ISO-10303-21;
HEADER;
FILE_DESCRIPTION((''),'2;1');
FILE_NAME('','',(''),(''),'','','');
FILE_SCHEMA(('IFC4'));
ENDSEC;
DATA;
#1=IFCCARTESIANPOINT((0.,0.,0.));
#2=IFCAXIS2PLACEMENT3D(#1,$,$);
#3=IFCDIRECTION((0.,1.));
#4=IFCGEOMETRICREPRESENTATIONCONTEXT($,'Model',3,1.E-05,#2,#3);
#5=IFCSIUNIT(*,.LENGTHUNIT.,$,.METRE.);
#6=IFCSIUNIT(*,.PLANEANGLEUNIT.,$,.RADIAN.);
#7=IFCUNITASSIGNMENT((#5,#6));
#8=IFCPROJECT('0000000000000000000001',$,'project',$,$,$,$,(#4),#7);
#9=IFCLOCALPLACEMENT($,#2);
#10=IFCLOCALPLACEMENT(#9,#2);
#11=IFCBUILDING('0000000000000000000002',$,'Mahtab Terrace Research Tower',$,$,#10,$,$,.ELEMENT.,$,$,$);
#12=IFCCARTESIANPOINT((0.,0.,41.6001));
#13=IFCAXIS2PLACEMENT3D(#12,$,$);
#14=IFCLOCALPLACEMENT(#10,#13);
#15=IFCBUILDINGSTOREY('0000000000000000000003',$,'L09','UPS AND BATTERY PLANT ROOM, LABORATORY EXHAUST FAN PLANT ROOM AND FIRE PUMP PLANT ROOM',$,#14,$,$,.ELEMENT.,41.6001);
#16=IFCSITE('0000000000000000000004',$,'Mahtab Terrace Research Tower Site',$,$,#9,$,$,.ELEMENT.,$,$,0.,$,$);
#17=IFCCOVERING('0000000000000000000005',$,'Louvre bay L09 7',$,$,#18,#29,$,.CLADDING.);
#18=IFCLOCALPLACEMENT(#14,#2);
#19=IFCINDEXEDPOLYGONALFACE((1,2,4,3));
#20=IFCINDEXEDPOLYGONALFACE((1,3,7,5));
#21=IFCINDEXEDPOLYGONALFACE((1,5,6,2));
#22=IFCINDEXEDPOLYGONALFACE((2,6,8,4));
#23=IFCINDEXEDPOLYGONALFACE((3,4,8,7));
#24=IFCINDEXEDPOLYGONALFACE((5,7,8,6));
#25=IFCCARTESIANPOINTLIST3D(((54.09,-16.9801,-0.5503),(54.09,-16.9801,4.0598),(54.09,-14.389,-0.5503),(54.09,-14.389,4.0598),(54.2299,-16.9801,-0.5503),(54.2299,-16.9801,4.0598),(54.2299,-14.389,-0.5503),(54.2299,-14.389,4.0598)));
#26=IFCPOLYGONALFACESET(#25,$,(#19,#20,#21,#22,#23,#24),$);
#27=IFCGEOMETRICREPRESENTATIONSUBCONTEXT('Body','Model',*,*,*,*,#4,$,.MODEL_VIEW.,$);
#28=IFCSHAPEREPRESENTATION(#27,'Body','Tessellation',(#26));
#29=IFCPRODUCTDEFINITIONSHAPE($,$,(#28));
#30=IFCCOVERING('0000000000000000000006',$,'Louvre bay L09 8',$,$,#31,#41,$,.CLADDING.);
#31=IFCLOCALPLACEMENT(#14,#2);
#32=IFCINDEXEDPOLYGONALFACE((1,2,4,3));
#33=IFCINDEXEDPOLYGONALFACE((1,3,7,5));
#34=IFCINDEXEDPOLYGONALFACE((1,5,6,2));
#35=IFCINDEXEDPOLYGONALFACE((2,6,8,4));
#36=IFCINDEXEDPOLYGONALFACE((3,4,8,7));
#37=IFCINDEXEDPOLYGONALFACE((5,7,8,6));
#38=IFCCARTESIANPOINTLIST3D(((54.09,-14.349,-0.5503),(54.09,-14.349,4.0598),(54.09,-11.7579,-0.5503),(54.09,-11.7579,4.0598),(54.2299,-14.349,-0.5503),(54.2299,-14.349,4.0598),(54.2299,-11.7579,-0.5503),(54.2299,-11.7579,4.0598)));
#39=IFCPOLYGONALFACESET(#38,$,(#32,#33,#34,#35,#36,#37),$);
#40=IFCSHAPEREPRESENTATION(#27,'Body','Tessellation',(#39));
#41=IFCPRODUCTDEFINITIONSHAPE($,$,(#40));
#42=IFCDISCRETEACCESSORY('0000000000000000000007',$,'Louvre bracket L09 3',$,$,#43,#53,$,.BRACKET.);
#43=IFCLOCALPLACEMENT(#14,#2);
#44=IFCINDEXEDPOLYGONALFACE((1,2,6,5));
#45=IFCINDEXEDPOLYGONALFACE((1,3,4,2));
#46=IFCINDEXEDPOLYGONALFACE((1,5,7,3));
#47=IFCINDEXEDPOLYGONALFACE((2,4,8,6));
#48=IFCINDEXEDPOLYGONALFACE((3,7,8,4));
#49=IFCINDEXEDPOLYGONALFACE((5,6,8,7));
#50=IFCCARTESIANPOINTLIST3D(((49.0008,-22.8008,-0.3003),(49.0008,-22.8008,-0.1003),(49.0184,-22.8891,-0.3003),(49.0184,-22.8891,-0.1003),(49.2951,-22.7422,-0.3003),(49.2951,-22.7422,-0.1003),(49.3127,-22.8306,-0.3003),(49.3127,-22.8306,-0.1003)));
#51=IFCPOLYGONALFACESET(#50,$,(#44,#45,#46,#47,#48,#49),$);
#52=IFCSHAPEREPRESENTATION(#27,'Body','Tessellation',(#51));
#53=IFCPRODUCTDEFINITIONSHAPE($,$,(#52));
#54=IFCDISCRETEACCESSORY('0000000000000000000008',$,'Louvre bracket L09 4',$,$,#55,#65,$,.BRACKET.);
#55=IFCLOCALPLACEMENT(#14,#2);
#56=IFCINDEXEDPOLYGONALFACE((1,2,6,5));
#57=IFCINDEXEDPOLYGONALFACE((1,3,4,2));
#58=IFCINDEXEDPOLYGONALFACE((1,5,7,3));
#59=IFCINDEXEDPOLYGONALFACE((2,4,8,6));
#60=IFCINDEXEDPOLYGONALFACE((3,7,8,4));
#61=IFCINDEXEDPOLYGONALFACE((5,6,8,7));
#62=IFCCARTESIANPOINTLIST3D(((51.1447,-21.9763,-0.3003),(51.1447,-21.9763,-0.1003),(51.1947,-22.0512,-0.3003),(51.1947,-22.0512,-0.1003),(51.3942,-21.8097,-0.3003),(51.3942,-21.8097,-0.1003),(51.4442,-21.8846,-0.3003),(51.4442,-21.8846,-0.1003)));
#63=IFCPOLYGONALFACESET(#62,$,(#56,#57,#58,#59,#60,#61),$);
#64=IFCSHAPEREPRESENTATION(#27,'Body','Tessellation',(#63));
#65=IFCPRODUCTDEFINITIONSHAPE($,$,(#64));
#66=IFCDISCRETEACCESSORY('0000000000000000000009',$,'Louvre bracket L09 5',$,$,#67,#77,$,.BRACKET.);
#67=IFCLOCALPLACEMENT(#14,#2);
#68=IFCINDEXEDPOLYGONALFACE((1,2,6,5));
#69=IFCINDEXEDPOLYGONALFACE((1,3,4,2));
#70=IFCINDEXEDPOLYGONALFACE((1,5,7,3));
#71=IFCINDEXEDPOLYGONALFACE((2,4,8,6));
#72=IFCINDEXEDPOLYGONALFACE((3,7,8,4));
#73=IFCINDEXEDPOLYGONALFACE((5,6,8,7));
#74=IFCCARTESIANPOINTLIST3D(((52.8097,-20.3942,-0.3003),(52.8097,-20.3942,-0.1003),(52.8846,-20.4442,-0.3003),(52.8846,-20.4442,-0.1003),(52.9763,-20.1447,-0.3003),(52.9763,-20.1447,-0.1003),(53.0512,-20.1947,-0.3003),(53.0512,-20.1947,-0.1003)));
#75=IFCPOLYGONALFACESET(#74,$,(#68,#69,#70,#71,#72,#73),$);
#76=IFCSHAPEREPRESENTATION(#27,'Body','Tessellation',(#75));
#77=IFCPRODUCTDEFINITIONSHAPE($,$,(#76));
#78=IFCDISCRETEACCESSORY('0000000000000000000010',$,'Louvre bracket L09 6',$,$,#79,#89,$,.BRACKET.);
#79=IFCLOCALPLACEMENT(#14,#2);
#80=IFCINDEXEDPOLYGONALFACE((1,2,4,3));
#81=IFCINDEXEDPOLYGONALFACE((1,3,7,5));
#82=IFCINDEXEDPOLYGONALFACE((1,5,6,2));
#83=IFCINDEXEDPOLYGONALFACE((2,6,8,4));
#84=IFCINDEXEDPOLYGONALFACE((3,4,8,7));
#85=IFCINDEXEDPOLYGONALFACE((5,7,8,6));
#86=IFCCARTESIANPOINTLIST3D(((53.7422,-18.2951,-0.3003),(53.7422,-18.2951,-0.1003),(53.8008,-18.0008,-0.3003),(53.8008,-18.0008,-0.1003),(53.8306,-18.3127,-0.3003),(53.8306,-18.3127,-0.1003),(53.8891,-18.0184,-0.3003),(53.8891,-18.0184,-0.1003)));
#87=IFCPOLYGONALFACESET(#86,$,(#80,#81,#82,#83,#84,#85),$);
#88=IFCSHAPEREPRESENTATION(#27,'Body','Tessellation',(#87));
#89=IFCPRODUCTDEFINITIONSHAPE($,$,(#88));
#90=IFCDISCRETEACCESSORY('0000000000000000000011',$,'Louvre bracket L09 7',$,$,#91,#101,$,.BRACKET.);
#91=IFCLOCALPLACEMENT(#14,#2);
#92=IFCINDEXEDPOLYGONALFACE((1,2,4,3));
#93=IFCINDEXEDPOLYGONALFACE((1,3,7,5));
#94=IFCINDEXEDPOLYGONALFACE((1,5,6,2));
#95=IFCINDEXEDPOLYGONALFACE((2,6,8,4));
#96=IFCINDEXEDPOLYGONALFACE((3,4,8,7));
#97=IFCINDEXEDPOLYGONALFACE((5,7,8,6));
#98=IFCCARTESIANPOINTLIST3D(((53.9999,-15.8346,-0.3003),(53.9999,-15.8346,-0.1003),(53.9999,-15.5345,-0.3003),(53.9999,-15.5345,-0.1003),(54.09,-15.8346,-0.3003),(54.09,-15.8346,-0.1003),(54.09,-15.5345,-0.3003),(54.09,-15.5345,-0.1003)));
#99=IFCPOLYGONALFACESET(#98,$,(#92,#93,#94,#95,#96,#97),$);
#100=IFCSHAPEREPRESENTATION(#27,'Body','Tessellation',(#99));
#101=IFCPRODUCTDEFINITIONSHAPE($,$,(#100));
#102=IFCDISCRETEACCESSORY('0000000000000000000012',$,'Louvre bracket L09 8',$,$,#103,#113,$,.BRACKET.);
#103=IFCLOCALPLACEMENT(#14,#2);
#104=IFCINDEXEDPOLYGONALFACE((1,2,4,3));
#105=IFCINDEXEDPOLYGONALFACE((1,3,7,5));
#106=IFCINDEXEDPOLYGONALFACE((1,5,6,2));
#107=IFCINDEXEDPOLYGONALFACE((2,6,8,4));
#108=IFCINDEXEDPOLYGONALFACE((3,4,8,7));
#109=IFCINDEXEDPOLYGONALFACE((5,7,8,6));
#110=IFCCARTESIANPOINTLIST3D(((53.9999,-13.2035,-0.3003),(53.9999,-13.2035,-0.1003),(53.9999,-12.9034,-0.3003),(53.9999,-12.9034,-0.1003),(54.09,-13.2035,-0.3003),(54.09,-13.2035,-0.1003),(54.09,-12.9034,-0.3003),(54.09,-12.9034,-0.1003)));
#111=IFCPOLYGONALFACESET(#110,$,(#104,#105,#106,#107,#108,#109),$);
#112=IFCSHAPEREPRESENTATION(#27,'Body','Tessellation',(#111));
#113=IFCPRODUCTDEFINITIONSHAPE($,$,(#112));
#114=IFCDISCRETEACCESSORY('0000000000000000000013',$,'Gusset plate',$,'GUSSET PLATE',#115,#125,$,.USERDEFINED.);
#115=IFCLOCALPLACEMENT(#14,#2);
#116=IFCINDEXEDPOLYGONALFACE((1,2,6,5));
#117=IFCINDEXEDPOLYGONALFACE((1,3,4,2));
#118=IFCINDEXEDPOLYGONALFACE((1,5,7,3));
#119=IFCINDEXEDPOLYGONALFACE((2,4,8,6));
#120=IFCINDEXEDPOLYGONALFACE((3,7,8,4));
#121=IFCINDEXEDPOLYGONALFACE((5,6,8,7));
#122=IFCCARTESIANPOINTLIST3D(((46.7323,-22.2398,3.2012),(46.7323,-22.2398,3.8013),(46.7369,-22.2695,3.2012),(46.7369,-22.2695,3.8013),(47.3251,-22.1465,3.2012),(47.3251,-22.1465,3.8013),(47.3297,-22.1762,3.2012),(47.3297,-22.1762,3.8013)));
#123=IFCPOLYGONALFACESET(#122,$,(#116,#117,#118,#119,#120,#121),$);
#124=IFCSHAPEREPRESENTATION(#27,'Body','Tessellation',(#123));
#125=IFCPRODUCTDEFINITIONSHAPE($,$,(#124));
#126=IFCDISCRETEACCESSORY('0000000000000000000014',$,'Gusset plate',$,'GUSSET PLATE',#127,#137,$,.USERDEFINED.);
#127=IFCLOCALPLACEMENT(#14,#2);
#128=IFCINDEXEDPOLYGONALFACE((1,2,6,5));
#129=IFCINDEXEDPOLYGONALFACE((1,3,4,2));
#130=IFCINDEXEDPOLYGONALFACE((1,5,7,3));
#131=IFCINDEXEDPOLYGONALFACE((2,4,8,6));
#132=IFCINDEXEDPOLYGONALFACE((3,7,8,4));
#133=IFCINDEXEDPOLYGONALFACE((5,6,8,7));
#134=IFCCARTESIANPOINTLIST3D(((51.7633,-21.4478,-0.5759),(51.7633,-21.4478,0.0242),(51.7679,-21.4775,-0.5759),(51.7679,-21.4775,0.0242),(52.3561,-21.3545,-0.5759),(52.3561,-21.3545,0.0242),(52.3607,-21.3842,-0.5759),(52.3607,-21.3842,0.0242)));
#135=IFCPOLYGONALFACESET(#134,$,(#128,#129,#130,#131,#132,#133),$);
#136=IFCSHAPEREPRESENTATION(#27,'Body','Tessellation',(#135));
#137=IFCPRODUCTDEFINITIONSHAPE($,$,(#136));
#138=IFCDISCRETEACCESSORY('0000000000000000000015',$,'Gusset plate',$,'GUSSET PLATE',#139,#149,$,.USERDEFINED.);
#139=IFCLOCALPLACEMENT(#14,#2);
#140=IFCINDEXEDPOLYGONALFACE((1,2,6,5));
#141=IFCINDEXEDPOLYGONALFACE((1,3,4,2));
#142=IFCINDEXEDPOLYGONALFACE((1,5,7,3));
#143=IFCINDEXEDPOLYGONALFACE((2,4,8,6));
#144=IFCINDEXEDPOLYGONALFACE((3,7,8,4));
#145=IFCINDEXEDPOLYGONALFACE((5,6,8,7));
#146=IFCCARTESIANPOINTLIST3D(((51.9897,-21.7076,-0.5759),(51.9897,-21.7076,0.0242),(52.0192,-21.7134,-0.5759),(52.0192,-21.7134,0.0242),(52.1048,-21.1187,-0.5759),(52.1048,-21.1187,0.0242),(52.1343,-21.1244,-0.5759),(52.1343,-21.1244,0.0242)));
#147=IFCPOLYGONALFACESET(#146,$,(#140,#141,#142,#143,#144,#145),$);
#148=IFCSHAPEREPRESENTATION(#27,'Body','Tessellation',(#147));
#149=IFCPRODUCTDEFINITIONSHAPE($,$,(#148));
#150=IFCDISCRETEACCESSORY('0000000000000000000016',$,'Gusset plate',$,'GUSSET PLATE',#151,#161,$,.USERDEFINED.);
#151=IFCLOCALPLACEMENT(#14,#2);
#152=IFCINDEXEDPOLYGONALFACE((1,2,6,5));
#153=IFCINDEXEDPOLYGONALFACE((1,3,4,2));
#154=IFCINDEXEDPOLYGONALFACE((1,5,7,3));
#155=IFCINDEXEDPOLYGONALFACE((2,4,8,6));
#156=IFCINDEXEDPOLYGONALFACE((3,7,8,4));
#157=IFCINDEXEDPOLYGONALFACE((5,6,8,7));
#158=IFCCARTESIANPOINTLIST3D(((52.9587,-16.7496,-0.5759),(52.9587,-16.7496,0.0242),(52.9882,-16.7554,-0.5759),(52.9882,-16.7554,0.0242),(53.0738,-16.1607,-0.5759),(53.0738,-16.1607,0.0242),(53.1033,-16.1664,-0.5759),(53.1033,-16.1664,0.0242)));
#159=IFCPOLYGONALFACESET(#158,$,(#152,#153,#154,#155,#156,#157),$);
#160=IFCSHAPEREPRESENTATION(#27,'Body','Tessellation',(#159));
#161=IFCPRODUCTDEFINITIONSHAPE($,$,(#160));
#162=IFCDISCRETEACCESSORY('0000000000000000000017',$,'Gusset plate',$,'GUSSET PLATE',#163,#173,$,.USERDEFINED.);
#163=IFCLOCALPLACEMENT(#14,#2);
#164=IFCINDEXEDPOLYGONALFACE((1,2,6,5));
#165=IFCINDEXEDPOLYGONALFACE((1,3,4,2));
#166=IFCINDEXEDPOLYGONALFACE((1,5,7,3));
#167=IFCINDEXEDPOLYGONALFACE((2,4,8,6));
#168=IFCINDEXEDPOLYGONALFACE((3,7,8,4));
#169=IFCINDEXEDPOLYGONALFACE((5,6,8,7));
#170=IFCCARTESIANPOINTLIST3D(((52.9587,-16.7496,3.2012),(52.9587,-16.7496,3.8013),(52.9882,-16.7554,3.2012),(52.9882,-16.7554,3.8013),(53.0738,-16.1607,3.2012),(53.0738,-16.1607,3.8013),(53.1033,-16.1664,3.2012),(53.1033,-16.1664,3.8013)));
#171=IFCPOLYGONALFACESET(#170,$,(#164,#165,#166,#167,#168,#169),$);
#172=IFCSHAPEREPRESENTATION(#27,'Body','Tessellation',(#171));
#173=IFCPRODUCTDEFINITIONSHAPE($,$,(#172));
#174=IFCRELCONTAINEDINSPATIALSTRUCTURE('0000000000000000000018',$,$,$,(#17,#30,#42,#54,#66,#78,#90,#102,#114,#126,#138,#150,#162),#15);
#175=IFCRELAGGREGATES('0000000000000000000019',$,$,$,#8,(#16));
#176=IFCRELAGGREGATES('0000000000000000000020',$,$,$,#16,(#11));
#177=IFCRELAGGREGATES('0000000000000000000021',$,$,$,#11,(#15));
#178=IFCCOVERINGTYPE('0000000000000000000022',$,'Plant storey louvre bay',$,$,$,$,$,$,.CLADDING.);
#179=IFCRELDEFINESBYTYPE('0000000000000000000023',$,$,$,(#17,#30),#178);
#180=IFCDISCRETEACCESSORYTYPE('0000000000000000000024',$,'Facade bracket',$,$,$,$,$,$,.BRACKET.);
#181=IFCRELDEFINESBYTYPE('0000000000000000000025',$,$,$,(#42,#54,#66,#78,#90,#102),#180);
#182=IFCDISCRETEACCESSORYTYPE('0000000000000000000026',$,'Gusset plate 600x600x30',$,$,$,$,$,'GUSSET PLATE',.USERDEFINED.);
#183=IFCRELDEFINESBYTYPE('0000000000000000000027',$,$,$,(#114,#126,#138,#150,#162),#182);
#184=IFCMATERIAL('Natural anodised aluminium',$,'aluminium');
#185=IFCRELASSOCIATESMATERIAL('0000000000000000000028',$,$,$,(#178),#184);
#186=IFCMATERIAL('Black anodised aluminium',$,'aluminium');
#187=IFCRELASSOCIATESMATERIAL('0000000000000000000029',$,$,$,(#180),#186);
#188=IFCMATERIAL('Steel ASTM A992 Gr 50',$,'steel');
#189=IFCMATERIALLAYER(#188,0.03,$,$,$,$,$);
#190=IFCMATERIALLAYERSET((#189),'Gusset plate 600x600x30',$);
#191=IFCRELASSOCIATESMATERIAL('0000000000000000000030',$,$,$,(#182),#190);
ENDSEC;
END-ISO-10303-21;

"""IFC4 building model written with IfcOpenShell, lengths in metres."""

from ifc_helpers import new_model, si_unit, direction, frame, origin, origin_2d, place, context, subcontext, project, spatial, rectangle, extrude, material, layer, layer_set, type_object, element, save


model = new_model("IFC4")

# Units and contexts
model_context = context("Model", 3, precision=1e-05, world=origin(), true_north=direction((0.0, 1.0)))
body_context = subcontext(model_context, "Body", "Model", "MODEL_VIEW")
ifc_project = project(units=[si_unit("LENGTHUNIT", "METRE"), si_unit("PLANEANGLEUNIT", "RADIAN")], contexts=[model_context])

# Site, building, storey
site_placement = place(None, origin())
site = spatial("IfcSite", under=ifc_project, at=site_placement, Name="Mahtab Terrace Research Tower Site", CompositionType="ELEMENT", RefElevation=0.0)
building_placement = place(site_placement, origin())
building = spatial("IfcBuilding", under=site, at=building_placement, Name="Mahtab Terrace Research Tower", CompositionType="ELEMENT")
storey_placement = place(building_placement, frame((0.0, 0.0, 41.6001)))
storey = spatial("IfcBuildingStorey", under=building, at=storey_placement, Name="L09", Description="UPS AND BATTERY PLANT ROOM, LABORATORY EXHAUST FAN PLANT ROOM AND FIRE PUMP PLANT ROOM", CompositionType="ELEMENT", Elevation=41.6001)

# Shared definitions
ifc_material_1 = material(Name="Steel ASTM A992 Gr 50", Category="steel")

# Coverings
ifc_material_2 = material(Name="Natural anodised aluminium", Category="aluminium")
covering_type = type_object("IfcCoveringType", Name="Plant storey louvre bay", PredefinedType="CLADDING", material=ifc_material_2)
for number, where, z_axis, x_axis, name in (
    (1, (54.1599, -15.6846, -0.5503), (0.0, 0.0, 1.0), (0.0, 1.0, 0.0), "Louvre bay L09 7"),
    (2, (54.1599, -13.0535, -0.5503), (0.0, 0.0, 1.0), (0.0, 1.0, 0.0), "Louvre bay L09 8"),
):
    element("IfcCovering", number, at=place(storey_placement, frame(where, z_axis=z_axis, x_axis=x_axis)), inside=storey, type_object=covering_type, Name=name, PredefinedType="CLADDING", context=body_context, shape_type="SweptSolid", body=[
        extrude(rectangle(XDim=2.5911, YDim=0.1399, at=origin_2d()), origin(), (0.0, 0.0, 1.0), 4.6101),
    ])

# Discrete accessories
ifc_material_3 = material(Name="Black anodised aluminium", Category="aluminium")
discrete_accessory_type_1 = type_object("IfcDiscreteAccessoryType", Name="Facade bracket", PredefinedType="BRACKET", material=ifc_material_3)
for number, where, z_axis, x_axis, name in (
    (3, (49.1567, -22.8157, -0.3003), (0.0, 0.0, 1.0), (0.980761, 0.195212, 0.0), "Louvre bracket L09 3"),
    (4, (51.2944, -21.9304, -0.3003), (0.0, 0.0, 1.0), (0.831656, 0.555291, 0.0), "Louvre bracket L09 4"),
    (5, (52.9304, -20.2944, -0.3003), (0.0, 0.0, 1.0), (0.555291, 0.831656, 0.0), "Louvre bracket L09 5"),
    (6, (53.8157, -18.1567, -0.3003), (0.0, 0.0, 1.0), (0.195212, 0.980761, 0.0), "Louvre bracket L09 6"),
    (7, (54.0449, -15.6846, -0.3003), (0.0, 0.0, 1.0), (0.0, 1.0, 0.0), "Louvre bracket L09 7"),
    (8, (54.0449, -13.0535, -0.3003), (0.0, 0.0, 1.0), (0.0, 1.0, 0.0), "Louvre bracket L09 8"),
):
    element("IfcDiscreteAccessory", number, at=place(storey_placement, frame(where, z_axis=z_axis, x_axis=x_axis)), inside=storey, type_object=discrete_accessory_type_1, Name=name, PredefinedType="BRACKET", context=body_context, shape_type="SweptSolid", body=[
        extrude(rectangle(XDim=0.3, YDim=0.0901, at=origin_2d()), origin(), (0.0, 0.0, 1.0), 0.2),
    ])
ifc_layer = layer(ifc_material_1, 0.03)
ifc_layer_set = layer_set([ifc_layer], Name="Gusset plate 600x600x30")
discrete_accessory_type_2 = type_object("IfcDiscreteAccessoryType", Name="Gusset plate 600x600x30", ElementType="GUSSET PLATE", PredefinedType="USERDEFINED", material=ifc_layer_set)
for number, where, z_axis, x_axis, name in (
    (9, (47.031, -22.208, 3.2012), (0.0, 0.0, 1.0), (0.987835, 0.155504, 0.0), "Gusset plate"),
    (10, (52.062, -21.416, -0.5759), (0.0, 0.0, 1.0), (0.987835, 0.155504, 0.0), "Gusset plate"),
    (11, (52.062, -21.416, -0.5759), (0.0, 0.0, 1.0), (0.19182, 0.98143, 0.0), "Gusset plate"),
    (12, (53.031, -16.458, -0.5759), (0.0, 0.0, 1.0), (0.19182, 0.98143, 0.0), "Gusset plate"),
    (13, (53.031, -16.458, 3.2012), (0.0, 0.0, 1.0), (0.19182, 0.98143, 0.0), "Gusset plate"),
):
    element("IfcDiscreteAccessory", number, at=place(storey_placement, frame(where, z_axis=z_axis, x_axis=x_axis)), inside=storey, type_object=discrete_accessory_type_2, Name=name, ObjectType="GUSSET PLATE", PredefinedType="USERDEFINED", context=body_context, shape_type="SweptSolid", body=[
        extrude(rectangle(XDim=0.6001, YDim=0.03, at=origin_2d()), origin(), (0.0, 0.0, 1.0), 0.6001),
    ])

save(model, "model.ifc")
